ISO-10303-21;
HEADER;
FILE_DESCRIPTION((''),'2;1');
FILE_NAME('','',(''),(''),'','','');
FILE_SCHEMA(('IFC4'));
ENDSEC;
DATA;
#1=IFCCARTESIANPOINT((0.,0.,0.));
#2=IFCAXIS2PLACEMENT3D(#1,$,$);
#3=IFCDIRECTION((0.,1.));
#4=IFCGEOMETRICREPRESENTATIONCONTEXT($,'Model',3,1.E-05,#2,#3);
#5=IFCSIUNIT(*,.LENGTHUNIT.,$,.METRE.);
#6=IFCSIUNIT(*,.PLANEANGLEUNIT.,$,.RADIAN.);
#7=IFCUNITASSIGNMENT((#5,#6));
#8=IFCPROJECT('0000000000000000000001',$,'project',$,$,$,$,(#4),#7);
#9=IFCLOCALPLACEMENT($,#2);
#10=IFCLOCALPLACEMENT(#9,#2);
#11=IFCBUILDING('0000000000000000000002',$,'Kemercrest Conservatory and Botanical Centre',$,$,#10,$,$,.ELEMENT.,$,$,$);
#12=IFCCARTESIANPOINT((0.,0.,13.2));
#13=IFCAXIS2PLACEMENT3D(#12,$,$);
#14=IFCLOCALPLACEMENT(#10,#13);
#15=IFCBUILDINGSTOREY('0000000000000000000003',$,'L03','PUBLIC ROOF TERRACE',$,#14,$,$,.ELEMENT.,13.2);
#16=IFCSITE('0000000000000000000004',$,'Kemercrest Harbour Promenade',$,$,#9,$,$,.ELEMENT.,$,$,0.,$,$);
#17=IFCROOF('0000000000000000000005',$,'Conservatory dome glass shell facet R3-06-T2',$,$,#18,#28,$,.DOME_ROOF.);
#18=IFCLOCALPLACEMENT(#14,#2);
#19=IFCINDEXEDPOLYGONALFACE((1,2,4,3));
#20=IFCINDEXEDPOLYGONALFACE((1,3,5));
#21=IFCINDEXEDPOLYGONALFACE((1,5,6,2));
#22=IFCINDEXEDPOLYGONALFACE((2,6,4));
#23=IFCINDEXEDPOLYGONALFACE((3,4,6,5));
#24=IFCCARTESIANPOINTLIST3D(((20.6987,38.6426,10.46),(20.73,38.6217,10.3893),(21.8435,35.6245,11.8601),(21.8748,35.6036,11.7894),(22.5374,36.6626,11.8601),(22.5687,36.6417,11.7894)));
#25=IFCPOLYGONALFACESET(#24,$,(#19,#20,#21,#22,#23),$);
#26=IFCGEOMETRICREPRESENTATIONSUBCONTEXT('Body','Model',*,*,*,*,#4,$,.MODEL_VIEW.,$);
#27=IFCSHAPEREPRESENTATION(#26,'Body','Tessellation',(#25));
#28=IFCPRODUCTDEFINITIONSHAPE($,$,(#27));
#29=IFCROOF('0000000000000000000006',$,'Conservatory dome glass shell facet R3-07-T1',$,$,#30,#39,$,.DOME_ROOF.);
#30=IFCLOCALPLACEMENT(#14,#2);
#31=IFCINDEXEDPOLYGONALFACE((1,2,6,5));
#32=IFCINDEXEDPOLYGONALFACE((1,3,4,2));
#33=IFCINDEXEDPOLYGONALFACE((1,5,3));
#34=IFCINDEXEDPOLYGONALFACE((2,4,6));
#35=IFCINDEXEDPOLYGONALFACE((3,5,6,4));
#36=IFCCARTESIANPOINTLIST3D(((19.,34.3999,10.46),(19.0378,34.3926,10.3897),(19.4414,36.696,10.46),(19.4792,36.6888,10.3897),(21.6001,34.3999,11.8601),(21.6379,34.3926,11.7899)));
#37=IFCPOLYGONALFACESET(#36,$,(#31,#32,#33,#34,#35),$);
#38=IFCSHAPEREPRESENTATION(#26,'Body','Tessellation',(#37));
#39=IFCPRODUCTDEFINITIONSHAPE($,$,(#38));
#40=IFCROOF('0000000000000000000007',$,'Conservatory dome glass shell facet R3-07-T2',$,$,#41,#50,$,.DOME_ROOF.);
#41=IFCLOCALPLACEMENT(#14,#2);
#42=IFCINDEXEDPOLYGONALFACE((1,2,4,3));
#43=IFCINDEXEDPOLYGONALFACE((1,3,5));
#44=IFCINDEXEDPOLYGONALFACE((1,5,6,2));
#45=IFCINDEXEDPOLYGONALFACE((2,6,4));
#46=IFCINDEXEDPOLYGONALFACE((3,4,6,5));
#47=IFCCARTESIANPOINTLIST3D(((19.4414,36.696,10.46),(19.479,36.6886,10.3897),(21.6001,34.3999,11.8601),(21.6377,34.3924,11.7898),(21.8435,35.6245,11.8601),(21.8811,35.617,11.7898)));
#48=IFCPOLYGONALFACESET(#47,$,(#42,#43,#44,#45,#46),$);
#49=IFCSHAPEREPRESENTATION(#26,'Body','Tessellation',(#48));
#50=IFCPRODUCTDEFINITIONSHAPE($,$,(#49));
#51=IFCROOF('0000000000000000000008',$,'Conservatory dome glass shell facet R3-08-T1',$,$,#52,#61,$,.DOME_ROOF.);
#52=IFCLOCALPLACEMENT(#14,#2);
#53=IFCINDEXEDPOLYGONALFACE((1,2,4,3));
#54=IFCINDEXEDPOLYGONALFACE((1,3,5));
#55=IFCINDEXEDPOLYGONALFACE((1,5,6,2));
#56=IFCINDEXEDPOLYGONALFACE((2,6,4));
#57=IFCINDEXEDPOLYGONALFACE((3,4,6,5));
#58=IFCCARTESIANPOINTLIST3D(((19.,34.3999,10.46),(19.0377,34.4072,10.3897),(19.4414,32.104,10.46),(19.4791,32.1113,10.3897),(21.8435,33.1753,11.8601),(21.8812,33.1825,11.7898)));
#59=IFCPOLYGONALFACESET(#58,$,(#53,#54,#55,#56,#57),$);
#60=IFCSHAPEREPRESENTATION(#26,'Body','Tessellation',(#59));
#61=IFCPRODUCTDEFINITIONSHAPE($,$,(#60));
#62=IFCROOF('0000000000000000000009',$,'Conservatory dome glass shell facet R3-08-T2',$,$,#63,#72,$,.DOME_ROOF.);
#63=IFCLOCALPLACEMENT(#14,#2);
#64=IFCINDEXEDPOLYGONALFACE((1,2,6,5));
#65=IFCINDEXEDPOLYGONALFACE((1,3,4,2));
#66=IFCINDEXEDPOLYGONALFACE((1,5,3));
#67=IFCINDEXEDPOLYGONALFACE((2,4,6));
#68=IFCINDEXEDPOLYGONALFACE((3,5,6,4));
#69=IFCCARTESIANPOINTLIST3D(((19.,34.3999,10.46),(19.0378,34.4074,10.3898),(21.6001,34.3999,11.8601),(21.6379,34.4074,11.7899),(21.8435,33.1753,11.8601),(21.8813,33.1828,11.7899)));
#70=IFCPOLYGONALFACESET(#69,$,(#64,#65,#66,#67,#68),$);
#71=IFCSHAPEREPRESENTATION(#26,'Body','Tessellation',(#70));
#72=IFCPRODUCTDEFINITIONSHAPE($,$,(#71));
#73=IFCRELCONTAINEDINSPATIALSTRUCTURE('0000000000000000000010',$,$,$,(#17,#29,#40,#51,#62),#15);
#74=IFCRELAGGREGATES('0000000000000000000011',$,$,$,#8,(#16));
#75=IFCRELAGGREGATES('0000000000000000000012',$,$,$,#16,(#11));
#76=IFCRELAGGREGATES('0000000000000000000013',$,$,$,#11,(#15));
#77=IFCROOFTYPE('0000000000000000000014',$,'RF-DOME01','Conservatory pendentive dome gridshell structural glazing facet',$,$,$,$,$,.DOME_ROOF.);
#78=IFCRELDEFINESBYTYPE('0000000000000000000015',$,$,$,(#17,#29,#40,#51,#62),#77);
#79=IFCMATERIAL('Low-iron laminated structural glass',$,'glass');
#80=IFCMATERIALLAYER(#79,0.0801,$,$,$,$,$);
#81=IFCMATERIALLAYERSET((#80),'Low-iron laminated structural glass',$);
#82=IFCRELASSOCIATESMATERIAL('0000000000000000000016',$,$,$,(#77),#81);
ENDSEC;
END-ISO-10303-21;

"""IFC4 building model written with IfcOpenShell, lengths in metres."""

from ifc_helpers import new_model, si_unit, direction, frame, origin, place, context, subcontext, project, spatial, polyline, outline, extrude, material, layer, layer_set, type_object, element, save


model = new_model("IFC4")

# Units and contexts
model_context = context("Model", 3, precision=1e-05, world=origin(), true_north=direction((0.0, 1.0)))
body_context = subcontext(model_context, "Body", "Model", "MODEL_VIEW")
ifc_project = project(units=[si_unit("LENGTHUNIT", "METRE"), si_unit("PLANEANGLEUNIT", "RADIAN")], contexts=[model_context])

# Site, building, storey
site_placement = place(None, origin())
site = spatial("IfcSite", under=ifc_project, at=site_placement, Name="Kemercrest Harbour Promenade", CompositionType="ELEMENT", RefElevation=0.0)
building_placement = place(site_placement, origin())
building = spatial("IfcBuilding", under=site, at=building_placement, Name="Kemercrest Conservatory and Botanical Centre", CompositionType="ELEMENT")
storey_placement = place(building_placement, frame((0.0, 0.0, 13.2)))
storey = spatial("IfcBuildingStorey", under=building, at=storey_placement, Name="L03", Description="PUBLIC ROOF TERRACE", CompositionType="ELEMENT", Elevation=13.2)

# Roofs
ifc_material_1 = material(Name="Low-iron laminated structural glass", Category="glass")
ifc_layer_1 = layer(ifc_material_1, 0.0801)
ifc_layer_set_1 = layer_set([ifc_layer_1], Name="Low-iron laminated structural glass")
roof_type = type_object("IfcRoofType", Name="RF-DOME01", Description="Conservatory pendentive dome gridshell structural glazing facet", PredefinedType="DOME_ROOF", material=ifc_layer_set_1)
roof_1_placement = place(storey_placement, frame((20.6987, 38.6426, 10.46), z_axis=(-0.390825, 0.261224, 0.88262), x_axis=(0.325362, -0.857778, 0.397942)))
element("IfcRoof", 1, at=roof_1_placement, inside=storey, type_object=roof_type, Name="Conservatory dome glass shell facet R3-06-T2", PredefinedType="DOME_ROOF", context=body_context, shape_type="SweptSolid", body=[
    extrude(outline(polyline([(0.0, 0.0), (3.5185, 0.0), (2.8538, 1.057), (0.0, 0.0)])), origin(), (0.0, 0.0, -1.0), 0.0801),
])
roof_2_placement = place(storey_placement, frame((19.4414, 36.696, 10.46), z_axis=(-0.472167, 0.090769, 0.876823), x_axis=(-0.188782, -0.982019, 0.0)))
element("IfcRoof", 2, at=roof_2_placement, inside=storey, type_object=roof_type, Name="Conservatory dome glass shell facet R3-07-T1", PredefinedType="DOME_ROOF", context=body_context, shape_type="SweptSolid", body=[
    extrude(outline(polyline([(0.0, 0.0), (2.3382, 0.0), (1.8473, 2.912), (0.0, 0.0)])), origin(), (0.0, 0.0, -1.0), 0.0801),
])
roof_3_placement = place(storey_placement, frame((19.4414, 36.696, 10.46), z_axis=(-0.469951, 0.093409, 0.877736), x_axis=(0.625967, -0.665825, 0.406008)))
element("IfcRoof", 3, at=roof_3_placement, inside=storey, type_object=roof_type, Name="Conservatory dome glass shell facet R3-07-T2", PredefinedType="DOME_ROOF", context=body_context, shape_type="SweptSolid", body=[
    extrude(outline(polyline([(0.0, 0.0), (3.4486, 0.0), (2.7856, 1.058), (0.0, 0.0)])), origin(), (0.0, 0.0, -1.0), 0.0801),
])
roof_4_placement = place(storey_placement, frame((19.0, 34.3999, 10.46), z_axis=(-0.471057, -0.090565, 0.877441), x_axis=(0.188801, -0.982015, 0.0)))
element("IfcRoof", 4, at=roof_4_placement, inside=storey, type_object=roof_type, Name="Conservatory dome glass shell facet R3-08-T1", PredefinedType="DOME_ROOF", context=body_context, shape_type="SweptSolid", body=[
    extrude(outline(polyline([(0.0, 0.0), (2.3379, 0.0), (1.7394, 2.9189), (0.0, 0.0)])), origin(), (0.0, 0.0, -1.0), 0.0801),
])
roof_5_placement = place(storey_placement, frame((19.0, 34.3999, 10.46), z_axis=(-0.472033, -0.093823, 0.876574), x_axis=(0.836846, -0.360404, 0.412064)))
element("IfcRoof", 5, at=roof_5_placement, inside=storey, type_object=roof_type, Name="Conservatory dome glass shell facet R3-08-T2", PredefinedType="DOME_ROOF", context=body_context, shape_type="SweptSolid", body=[
    extrude(outline(polyline([(0.0, 0.0), (3.3979, 0.0), (2.7528, 1.069), (0.0, 0.0)])), origin(), (0.0, 0.0, -1.0), 0.0801),
])

save(model, "model.ifc")
